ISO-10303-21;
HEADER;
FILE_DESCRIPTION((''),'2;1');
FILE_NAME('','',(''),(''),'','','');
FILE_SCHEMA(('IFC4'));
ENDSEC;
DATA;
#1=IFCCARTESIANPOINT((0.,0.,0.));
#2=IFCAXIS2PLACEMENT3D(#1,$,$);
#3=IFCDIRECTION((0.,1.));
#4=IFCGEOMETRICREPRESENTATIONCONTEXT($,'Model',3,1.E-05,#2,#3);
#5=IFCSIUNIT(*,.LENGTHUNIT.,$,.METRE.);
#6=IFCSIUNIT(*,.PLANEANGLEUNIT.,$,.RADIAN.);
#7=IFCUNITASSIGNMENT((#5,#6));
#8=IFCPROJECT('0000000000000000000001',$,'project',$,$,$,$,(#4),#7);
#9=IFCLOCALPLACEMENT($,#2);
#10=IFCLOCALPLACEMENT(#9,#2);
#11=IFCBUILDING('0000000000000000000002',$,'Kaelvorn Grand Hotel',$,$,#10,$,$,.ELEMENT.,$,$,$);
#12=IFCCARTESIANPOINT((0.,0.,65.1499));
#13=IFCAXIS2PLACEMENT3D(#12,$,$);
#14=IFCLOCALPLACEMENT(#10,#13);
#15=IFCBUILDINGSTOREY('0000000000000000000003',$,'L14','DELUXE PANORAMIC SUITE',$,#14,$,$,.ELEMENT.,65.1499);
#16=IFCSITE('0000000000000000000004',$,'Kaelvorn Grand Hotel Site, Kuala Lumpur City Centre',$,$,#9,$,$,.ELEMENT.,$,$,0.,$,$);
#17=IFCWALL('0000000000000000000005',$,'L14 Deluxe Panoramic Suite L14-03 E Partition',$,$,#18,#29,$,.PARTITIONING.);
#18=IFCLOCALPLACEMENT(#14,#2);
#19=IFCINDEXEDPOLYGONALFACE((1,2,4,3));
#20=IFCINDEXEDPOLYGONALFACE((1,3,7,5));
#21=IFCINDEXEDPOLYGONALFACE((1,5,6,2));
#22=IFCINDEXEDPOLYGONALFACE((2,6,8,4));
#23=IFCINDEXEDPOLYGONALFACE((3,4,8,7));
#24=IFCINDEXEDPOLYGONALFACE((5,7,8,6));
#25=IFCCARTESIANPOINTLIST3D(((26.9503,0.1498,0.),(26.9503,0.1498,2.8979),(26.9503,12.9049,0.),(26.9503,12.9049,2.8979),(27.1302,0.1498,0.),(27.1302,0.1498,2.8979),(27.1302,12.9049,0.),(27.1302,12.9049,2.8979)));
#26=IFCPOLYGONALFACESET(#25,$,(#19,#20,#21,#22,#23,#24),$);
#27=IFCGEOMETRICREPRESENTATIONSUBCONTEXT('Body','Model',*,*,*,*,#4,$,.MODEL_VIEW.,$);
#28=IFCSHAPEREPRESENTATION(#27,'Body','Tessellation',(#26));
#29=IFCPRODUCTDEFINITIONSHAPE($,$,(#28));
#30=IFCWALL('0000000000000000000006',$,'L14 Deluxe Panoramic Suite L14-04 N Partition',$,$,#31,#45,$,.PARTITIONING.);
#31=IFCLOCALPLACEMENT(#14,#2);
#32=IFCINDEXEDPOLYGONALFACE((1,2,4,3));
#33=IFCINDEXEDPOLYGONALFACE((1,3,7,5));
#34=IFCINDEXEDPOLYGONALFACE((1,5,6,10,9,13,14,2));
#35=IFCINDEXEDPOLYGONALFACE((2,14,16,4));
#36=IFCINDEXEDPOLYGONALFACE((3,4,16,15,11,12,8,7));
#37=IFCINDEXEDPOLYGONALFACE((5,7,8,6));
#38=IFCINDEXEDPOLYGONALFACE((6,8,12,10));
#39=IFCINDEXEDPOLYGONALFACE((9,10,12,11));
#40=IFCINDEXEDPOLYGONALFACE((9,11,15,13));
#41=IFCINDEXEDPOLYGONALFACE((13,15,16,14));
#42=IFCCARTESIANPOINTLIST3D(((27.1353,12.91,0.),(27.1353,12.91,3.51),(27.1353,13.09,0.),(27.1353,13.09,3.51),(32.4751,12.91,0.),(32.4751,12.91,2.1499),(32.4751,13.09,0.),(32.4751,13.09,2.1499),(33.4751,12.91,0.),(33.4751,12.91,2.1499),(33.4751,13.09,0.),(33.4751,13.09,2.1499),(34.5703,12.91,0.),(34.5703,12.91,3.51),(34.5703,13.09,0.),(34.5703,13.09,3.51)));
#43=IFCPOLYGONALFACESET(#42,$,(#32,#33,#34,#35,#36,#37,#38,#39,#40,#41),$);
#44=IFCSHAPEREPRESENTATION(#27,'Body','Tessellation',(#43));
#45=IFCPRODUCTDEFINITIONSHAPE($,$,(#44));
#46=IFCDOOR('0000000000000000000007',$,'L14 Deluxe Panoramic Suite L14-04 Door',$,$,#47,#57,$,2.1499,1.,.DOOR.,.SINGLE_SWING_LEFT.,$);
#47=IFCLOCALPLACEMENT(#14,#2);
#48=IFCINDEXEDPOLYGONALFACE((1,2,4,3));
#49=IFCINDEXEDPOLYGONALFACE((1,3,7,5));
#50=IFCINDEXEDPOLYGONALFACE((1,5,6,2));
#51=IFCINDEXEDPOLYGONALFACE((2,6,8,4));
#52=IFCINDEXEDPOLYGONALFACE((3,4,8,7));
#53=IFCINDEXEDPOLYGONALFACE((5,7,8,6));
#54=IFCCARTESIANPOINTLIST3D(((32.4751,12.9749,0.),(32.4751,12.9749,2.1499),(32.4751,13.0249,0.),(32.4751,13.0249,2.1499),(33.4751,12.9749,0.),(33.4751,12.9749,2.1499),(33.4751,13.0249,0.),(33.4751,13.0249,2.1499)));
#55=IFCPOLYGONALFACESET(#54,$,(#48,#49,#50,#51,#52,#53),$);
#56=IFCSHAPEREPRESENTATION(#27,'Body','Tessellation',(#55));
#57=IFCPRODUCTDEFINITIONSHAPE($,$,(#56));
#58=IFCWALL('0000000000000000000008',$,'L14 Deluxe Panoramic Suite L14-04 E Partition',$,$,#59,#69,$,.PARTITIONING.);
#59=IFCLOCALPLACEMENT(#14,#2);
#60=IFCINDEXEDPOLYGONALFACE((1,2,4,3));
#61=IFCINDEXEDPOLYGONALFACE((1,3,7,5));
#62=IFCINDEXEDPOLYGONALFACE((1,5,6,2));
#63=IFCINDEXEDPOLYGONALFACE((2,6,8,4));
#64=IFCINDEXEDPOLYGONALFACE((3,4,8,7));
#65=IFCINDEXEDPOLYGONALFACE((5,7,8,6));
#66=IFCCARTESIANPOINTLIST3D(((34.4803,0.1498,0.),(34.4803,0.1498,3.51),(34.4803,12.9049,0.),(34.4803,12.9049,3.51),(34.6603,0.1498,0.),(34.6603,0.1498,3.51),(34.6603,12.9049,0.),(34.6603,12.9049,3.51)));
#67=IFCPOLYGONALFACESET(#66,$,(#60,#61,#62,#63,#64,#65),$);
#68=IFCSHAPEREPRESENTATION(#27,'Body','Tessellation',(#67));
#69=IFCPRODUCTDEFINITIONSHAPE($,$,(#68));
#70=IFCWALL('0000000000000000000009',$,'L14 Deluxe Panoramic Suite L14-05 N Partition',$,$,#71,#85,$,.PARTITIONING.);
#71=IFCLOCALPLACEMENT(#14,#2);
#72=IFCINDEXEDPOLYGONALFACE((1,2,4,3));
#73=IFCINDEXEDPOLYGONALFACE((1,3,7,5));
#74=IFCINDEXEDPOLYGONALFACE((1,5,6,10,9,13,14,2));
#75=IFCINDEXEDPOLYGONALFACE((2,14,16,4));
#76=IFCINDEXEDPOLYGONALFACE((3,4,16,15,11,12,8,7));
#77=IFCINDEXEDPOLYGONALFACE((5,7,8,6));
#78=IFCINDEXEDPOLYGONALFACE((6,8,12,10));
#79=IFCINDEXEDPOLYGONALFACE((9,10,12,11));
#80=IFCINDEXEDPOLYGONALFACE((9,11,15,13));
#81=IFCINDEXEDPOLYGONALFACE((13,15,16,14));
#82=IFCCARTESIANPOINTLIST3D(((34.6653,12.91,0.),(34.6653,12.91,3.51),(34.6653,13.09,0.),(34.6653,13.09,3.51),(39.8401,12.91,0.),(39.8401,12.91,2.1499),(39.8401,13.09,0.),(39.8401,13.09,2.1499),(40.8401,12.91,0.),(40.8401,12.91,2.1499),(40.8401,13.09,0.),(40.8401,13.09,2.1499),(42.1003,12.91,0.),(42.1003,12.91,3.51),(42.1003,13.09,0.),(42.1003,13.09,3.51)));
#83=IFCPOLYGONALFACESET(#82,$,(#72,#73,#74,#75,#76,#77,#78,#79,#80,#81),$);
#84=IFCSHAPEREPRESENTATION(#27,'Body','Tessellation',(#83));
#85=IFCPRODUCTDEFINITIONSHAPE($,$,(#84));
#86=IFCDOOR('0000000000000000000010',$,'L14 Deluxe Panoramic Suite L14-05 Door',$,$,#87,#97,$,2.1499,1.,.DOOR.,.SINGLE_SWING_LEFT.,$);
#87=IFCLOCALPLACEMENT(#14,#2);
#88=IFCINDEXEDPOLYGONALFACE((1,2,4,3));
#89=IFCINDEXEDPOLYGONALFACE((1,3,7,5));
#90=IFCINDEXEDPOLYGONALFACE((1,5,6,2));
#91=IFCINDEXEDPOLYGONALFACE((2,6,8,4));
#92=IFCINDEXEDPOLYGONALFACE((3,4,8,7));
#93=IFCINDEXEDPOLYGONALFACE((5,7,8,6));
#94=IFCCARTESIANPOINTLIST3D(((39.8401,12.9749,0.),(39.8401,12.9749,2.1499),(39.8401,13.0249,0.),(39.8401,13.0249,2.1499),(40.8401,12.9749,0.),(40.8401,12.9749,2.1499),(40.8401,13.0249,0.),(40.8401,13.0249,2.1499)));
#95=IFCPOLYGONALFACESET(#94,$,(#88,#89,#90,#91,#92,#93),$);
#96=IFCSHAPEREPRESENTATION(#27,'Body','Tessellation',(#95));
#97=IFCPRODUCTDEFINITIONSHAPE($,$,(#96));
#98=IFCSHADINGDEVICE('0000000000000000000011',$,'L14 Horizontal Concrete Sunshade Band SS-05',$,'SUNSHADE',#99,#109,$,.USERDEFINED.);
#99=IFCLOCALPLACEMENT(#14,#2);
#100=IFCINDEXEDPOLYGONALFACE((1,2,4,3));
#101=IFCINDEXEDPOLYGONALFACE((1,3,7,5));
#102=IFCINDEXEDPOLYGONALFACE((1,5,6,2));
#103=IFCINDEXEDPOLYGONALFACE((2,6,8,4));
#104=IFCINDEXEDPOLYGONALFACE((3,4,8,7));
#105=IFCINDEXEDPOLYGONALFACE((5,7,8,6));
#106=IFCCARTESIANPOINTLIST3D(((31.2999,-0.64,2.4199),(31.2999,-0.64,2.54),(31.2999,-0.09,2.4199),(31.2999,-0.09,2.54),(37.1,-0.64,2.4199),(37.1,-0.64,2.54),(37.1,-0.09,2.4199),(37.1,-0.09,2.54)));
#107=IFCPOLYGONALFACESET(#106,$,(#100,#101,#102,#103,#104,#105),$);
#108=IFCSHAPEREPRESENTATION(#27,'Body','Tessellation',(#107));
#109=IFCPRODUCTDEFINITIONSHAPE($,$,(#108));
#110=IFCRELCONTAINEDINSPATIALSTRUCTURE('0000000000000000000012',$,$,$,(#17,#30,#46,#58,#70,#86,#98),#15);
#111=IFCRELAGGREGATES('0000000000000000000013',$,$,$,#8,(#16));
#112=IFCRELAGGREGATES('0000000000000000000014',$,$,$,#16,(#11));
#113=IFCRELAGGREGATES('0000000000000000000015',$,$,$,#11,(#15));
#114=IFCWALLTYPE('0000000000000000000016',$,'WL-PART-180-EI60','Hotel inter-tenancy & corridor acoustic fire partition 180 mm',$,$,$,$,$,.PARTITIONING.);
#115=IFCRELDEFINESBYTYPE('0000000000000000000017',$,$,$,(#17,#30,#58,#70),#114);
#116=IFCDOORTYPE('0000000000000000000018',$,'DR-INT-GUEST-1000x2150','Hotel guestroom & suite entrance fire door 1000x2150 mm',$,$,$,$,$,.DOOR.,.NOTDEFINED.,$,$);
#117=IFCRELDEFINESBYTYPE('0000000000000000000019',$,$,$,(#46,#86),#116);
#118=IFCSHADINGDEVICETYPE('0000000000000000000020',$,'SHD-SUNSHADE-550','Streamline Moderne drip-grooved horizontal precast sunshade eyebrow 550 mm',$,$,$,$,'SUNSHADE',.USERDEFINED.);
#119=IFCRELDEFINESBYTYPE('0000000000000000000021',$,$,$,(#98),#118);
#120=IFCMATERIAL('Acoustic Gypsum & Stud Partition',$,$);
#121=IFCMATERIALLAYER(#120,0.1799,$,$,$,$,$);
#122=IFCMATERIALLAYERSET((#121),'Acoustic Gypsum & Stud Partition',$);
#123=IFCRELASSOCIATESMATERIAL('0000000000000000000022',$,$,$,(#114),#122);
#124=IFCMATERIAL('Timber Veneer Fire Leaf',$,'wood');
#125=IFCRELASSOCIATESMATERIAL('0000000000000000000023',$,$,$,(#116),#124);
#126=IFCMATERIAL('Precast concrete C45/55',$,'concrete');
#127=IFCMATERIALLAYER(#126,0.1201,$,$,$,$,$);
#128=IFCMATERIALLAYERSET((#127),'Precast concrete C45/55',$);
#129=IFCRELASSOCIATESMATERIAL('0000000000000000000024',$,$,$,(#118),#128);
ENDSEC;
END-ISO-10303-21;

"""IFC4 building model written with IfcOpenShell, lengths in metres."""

from ifc_helpers import new_model, si_unit, direction, frame, frame_2d, origin, origin_2d, place, context, subcontext, project, spatial, rectangle, extrude, material, layer, layer_set, type_object, element, fill, save


model = new_model("IFC4")

# Units and contexts
model_context = context("Model", 3, precision=1e-05, world=origin(), true_north=direction((0.0, 1.0)))
body_context = subcontext(model_context, "Body", "Model", "MODEL_VIEW")
ifc_project = project(units=[si_unit("LENGTHUNIT", "METRE"), si_unit("PLANEANGLEUNIT", "RADIAN")], contexts=[model_context])

# Site, building, storey
site_placement = place(None, origin())
site = spatial("IfcSite", under=ifc_project, at=site_placement, Name="Kaelvorn Grand Hotel Site, Kuala Lumpur City Centre", CompositionType="ELEMENT", RefElevation=0.0)
building_placement = place(site_placement, origin())
building = spatial("IfcBuilding", under=site, at=building_placement, Name="Kaelvorn Grand Hotel", CompositionType="ELEMENT")
storey_placement = place(building_placement, frame((0.0, 0.0, 65.1499)))
storey = spatial("IfcBuildingStorey", under=building, at=storey_placement, Name="L14", Description="DELUXE PANORAMIC SUITE", CompositionType="ELEMENT", Elevation=65.1499)

# Shared definitions
ifc_material_1 = material(Name="Acoustic Gypsum & Stud Partition")
ifc_material_2 = material(Name="Timber Veneer Fire Leaf", Category="wood")

# Wall
ifc_layer_1 = layer(ifc_material_1, 0.1799)
ifc_layer_set_1 = layer_set([ifc_layer_1], Name="Acoustic Gypsum & Stud Partition")
wall_type_1 = type_object("IfcWallType", Name="WL-PART-180-EI60", Description="Hotel inter-tenancy & corridor acoustic fire partition 180 mm", PredefinedType="PARTITIONING", material=ifc_layer_set_1)
wall_1_placement = place(storey_placement, frame((27.0403, 0.1499, 0.0), z_axis=(0.0, 0.0, 1.0), x_axis=(0.0, 1.0, 0.0)))
element("IfcWall", 1, at=wall_1_placement, inside=storey, type_object=wall_type_1, Name="L14 Deluxe Panoramic Suite L14-03 E Partition", PredefinedType="PARTITIONING", context=body_context, shape_type="SweptSolid", body=[
    extrude(rectangle(XDim=12.7551, YDim=0.1799, at=frame_2d((6.3774, 0.0))), origin(), (0.0, 0.0, 1.0), 2.8979),
])

# Wall, opening, door
wall_2_placement = place(storey_placement, frame((27.1353, 13.0, 0.0), z_axis=(0.0, 0.0, 1.0), x_axis=(1.0, 0.0, 0.0)))
wall_2 = element("IfcWall", 2, at=wall_2_placement, inside=storey, type_object=wall_type_1, Name="L14 Deluxe Panoramic Suite L14-04 N Partition", PredefinedType="PARTITIONING", context=body_context, shape_type="SweptSolid", body=[
    extrude(rectangle(XDim=7.4351, YDim=0.1799, at=frame_2d((3.7175, 0.0))), origin(), (0.0, 0.0, 1.0), 3.51),
])
opening_1_placement = place(wall_2_placement, frame((5.3398, 0.0, 0.0)))
opening_1 = element("IfcOpeningElement", 3, at=opening_1_placement, cuts=wall_2, PredefinedType="OPENING", context=body_context, shape_type="SweptSolid", body=[
    extrude(rectangle(XDim=1.0, YDim=2.1499, at=frame_2d((0.5, 1.075))), frame((0.0, 0.1001, 0.0), z_axis=(0.0, -1.0, 0.0), x_axis=(1.0, 0.0, 0.0)), (0.0, 0.0, 1.0), 0.2),
])
door_type_1 = type_object("IfcDoorType", Name="DR-INT-GUEST-1000x2150", Description="Hotel guestroom & suite entrance fire door 1000x2150 mm", OperationType="NOTDEFINED", PredefinedType="DOOR", material=ifc_material_2)
door_1_placement = place(opening_1_placement, origin())
door_1 = element("IfcDoor", 4, at=door_1_placement, inside=storey, type_object=door_type_1, Name="L14 Deluxe Panoramic Suite L14-04 Door", OperationType="SINGLE_SWING_LEFT", OverallHeight=2.1499, OverallWidth=1.0, PredefinedType="DOOR", context=body_context, shape_type="SweptSolid", body=[
    extrude(rectangle(XDim=1.0, YDim=2.1499, at=frame_2d((0.5, 1.075))), frame((0.0, 0.0249, 0.0), z_axis=(0.0, -1.0, 0.0), x_axis=(1.0, 0.0, 0.0)), (0.0, 0.0, 1.0), 0.05),
])
fill(opening_1, door_1)

# Wall
wall_3_placement = place(storey_placement, frame((34.5703, 0.1499, 0.0), z_axis=(0.0, 0.0, 1.0), x_axis=(0.0, 1.0, 0.0)))
element("IfcWall", 5, at=wall_3_placement, inside=storey, type_object=wall_type_1, Name="L14 Deluxe Panoramic Suite L14-04 E Partition", PredefinedType="PARTITIONING", context=body_context, shape_type="SweptSolid", body=[
    extrude(rectangle(XDim=12.7551, YDim=0.1799, at=frame_2d((6.3774, 0.0))), origin(), (0.0, 0.0, 1.0), 3.51),
])

# Wall, opening, door
wall_4_placement = place(storey_placement, frame((34.6653, 13.0, 0.0), z_axis=(0.0, 0.0, 1.0), x_axis=(1.0, 0.0, 0.0)))
wall_4 = element("IfcWall", 6, at=wall_4_placement, inside=storey, type_object=wall_type_1, Name="L14 Deluxe Panoramic Suite L14-05 N Partition", PredefinedType="PARTITIONING", context=body_context, shape_type="SweptSolid", body=[
    extrude(rectangle(XDim=7.4351, YDim=0.1799, at=frame_2d((3.7175, 0.0))), origin(), (0.0, 0.0, 1.0), 3.51),
])
opening_2_placement = place(wall_4_placement, frame((5.1748, 0.0, 0.0)))
opening_2 = element("IfcOpeningElement", 7, at=opening_2_placement, cuts=wall_4, PredefinedType="OPENING", context=body_context, shape_type="SweptSolid", body=[
    extrude(rectangle(XDim=1.0, YDim=2.1499, at=frame_2d((0.5, 1.075))), frame((0.0, 0.1001, 0.0), z_axis=(0.0, -1.0, 0.0), x_axis=(1.0, 0.0, 0.0)), (0.0, 0.0, 1.0), 0.2),
])
door_2_placement = place(opening_2_placement, origin())
door_2 = element("IfcDoor", 8, at=door_2_placement, inside=storey, type_object=door_type_1, Name="L14 Deluxe Panoramic Suite L14-05 Door", OperationType="SINGLE_SWING_LEFT", OverallHeight=2.1499, OverallWidth=1.0, PredefinedType="DOOR", context=body_context, shape_type="SweptSolid", body=[
    extrude(rectangle(XDim=1.0, YDim=2.1499, at=frame_2d((0.5, 1.075))), frame((0.0, 0.0249, 0.0), z_axis=(0.0, -1.0, 0.0), x_axis=(1.0, 0.0, 0.0)), (0.0, 0.0, 1.0), 0.05),
])
fill(opening_2, door_2)

# Shading device
ifc_material_3 = material(Name="Precast concrete C45/55", Category="concrete")
ifc_layer_2 = layer(ifc_material_3, 0.1201)
ifc_layer_set_2 = layer_set([ifc_layer_2], Name="Precast concrete C45/55")
shading_device_type = type_object("IfcShadingDeviceType", Name="SHD-SUNSHADE-550", Description="Streamline Moderne drip-grooved horizontal precast sunshade eyebrow 550 mm", ElementType="SUNSHADE", PredefinedType="USERDEFINED", material=ifc_layer_set_2)
shading_device_placement = place(storey_placement, frame((34.2, -0.365, 2.4199), z_axis=(0.0, 0.0, 1.0), x_axis=(1.0, 0.0, 0.0)))
element("IfcShadingDevice", 9, at=shading_device_placement, inside=storey, type_object=shading_device_type, Name="L14 Horizontal Concrete Sunshade Band SS-05", ObjectType="SUNSHADE", PredefinedType="USERDEFINED", context=body_context, shape_type="SweptSolid", body=[
    extrude(rectangle(XDim=5.8, YDim=0.55, at=origin_2d()), origin(), (0.0, 0.0, 1.0), 0.1201),
])

save(model, "model.ifc")
